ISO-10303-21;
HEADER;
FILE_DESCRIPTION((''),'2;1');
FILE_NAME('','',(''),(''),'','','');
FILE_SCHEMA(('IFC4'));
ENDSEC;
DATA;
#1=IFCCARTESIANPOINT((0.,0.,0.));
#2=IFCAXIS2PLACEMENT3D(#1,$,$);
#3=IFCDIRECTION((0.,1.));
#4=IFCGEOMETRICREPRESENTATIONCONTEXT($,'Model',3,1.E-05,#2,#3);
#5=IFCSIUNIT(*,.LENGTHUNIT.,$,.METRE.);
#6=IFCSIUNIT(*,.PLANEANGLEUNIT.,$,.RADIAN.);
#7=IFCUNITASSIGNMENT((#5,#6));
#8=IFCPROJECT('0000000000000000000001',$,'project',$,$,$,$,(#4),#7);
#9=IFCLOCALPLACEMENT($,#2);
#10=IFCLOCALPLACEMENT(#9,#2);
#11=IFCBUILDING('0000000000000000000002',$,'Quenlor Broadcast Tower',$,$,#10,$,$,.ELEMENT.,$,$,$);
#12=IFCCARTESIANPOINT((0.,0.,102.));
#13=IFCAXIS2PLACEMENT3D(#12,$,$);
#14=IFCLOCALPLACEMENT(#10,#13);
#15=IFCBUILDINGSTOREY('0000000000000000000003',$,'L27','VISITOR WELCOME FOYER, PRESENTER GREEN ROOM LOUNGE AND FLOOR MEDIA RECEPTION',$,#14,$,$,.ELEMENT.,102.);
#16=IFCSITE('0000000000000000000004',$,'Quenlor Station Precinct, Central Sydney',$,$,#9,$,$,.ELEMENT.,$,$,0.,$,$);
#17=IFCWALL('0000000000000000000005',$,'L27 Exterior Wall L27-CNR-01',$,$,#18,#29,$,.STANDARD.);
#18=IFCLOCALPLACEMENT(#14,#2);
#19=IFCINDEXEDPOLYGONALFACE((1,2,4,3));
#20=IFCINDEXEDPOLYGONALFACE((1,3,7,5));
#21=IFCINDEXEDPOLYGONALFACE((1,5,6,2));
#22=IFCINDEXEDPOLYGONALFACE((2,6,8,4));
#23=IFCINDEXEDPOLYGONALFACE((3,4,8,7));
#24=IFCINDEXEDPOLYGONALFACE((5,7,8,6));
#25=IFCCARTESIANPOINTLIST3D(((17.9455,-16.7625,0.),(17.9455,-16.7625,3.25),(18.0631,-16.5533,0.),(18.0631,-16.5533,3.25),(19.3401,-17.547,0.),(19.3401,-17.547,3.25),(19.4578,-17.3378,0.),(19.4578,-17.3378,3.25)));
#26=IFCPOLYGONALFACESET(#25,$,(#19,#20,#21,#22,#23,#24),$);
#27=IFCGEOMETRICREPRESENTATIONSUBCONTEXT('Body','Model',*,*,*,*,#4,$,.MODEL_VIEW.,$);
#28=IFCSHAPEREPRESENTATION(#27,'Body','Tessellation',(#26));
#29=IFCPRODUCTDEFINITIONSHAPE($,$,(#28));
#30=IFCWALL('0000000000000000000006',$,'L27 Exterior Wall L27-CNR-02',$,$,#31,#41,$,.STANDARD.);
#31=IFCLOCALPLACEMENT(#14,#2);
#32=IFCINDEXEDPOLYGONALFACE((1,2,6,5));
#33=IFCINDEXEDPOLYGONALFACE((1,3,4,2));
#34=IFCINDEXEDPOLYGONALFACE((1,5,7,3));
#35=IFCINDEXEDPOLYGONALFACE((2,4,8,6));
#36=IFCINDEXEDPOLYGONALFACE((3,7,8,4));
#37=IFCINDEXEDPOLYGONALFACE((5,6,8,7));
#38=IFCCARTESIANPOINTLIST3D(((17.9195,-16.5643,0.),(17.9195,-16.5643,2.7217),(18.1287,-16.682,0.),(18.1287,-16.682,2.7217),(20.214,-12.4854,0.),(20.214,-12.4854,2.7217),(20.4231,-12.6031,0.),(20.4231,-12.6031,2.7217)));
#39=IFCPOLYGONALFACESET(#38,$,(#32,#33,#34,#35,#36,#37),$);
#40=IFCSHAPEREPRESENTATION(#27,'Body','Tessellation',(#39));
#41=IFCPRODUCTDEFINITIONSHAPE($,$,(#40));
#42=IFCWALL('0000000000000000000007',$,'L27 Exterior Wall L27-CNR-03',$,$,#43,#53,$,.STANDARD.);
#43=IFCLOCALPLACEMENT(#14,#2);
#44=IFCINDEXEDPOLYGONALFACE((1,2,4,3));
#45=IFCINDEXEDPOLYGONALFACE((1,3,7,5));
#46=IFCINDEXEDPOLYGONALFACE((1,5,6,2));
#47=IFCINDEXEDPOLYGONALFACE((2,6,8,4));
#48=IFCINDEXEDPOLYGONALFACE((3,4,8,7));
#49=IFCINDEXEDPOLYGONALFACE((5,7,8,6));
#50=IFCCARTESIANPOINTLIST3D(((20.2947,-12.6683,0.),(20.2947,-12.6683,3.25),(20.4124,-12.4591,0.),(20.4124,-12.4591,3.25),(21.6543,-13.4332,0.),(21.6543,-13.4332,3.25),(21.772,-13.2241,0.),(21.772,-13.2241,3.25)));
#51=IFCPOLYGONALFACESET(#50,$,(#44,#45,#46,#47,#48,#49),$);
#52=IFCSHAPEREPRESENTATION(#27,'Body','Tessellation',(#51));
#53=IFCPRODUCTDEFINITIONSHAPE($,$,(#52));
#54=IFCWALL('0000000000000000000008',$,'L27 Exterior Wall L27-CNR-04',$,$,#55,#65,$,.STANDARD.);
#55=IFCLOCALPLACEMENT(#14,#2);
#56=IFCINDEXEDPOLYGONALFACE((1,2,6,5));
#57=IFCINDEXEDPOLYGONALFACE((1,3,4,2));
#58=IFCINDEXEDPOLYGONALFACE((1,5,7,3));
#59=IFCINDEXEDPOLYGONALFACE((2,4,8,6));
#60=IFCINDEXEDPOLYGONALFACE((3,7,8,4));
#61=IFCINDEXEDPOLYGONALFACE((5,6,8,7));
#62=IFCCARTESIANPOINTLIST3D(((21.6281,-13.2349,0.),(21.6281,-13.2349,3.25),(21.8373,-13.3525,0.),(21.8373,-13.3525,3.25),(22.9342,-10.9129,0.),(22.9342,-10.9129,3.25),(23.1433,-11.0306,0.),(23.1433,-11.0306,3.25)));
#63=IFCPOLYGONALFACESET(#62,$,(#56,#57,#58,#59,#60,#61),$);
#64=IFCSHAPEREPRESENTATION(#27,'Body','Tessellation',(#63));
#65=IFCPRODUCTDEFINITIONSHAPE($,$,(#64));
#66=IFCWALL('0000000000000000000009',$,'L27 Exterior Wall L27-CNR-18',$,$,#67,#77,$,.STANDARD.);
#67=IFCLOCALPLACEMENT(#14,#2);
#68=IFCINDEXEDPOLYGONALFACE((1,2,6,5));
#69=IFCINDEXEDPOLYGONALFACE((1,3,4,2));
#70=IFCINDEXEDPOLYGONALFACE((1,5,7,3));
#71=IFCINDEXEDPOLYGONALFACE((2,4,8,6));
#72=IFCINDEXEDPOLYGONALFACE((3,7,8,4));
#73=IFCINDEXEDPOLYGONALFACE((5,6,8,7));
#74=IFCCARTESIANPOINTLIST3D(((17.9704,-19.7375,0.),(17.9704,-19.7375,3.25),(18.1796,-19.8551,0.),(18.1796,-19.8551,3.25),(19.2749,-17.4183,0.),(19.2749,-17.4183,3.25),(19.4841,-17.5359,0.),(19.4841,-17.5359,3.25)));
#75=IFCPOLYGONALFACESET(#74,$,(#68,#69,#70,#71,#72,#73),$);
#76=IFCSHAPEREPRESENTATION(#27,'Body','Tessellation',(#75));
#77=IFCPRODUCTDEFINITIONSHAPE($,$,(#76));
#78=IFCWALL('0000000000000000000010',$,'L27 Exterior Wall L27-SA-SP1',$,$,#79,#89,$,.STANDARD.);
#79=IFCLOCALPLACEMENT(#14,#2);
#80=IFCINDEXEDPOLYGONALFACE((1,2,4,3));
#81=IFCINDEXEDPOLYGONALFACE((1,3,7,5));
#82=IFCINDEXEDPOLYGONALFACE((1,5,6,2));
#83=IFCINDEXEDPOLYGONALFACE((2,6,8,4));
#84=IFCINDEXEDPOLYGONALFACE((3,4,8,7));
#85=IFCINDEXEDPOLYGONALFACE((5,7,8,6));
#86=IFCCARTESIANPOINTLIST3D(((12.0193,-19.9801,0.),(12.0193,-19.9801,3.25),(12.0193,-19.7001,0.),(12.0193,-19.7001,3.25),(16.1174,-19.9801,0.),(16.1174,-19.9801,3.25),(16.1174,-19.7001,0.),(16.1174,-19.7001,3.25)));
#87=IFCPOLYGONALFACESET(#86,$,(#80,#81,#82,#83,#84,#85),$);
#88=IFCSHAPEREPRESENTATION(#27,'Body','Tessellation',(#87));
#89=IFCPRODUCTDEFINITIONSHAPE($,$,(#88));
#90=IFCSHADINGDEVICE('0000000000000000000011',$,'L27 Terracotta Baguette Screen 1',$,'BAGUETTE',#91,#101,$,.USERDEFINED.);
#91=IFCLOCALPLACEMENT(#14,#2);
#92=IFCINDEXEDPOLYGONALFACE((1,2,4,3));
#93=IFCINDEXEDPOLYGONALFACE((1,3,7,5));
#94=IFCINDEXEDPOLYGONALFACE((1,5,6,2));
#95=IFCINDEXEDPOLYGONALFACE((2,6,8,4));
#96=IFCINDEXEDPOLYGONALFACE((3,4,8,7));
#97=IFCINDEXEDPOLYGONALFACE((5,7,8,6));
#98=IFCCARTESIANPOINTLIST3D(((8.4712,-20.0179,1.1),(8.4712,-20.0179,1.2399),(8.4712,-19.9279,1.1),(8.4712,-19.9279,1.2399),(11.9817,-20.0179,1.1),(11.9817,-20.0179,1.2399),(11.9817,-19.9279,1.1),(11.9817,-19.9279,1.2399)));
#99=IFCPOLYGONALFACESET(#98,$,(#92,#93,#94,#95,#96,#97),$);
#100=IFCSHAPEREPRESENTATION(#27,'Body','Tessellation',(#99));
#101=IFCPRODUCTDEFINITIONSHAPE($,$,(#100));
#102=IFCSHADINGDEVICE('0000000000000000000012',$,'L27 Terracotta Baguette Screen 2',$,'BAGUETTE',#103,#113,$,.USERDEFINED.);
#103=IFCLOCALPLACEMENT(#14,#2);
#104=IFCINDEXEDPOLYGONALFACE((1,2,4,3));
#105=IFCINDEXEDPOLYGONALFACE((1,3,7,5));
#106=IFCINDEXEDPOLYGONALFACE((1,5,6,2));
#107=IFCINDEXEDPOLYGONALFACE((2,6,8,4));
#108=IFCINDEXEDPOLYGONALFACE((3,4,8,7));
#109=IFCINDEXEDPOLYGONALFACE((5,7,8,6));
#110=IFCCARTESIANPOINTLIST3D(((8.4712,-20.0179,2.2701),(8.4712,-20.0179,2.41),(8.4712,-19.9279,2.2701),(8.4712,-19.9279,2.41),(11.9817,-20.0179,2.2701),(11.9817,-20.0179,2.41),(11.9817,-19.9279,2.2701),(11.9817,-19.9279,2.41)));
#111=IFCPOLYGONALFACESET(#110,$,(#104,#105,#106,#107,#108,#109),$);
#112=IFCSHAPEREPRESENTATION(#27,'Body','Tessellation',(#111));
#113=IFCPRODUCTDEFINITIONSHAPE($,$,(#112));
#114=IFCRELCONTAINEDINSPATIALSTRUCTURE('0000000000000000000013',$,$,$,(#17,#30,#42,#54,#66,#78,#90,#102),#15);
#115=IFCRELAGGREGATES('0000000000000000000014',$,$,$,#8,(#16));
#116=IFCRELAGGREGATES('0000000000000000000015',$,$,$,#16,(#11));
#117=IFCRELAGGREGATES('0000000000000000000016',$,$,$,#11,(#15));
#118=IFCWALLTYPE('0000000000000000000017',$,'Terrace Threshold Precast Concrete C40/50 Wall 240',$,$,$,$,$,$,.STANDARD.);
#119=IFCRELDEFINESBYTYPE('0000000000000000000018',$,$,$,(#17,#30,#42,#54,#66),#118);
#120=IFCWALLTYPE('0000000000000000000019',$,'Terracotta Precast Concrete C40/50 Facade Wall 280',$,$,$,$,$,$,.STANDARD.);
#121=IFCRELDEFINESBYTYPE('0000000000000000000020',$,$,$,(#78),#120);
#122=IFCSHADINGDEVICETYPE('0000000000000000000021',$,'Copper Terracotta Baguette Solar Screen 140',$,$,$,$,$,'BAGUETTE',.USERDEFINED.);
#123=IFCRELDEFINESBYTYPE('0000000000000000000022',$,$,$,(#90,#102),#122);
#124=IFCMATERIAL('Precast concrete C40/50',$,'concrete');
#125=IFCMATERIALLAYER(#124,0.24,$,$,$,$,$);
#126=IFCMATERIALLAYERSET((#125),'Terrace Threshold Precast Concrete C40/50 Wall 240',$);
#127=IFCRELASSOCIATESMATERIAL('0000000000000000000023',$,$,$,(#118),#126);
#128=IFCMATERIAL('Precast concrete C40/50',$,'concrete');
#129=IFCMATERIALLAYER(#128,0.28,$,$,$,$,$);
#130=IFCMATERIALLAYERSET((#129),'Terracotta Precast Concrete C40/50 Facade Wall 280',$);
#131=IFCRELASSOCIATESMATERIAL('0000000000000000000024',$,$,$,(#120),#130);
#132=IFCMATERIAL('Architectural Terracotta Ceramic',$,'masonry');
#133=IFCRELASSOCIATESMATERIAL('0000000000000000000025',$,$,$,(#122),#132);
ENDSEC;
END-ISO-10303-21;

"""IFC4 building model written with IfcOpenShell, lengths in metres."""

from ifc_helpers import new_model, si_unit, direction, frame, frame_2d, origin, origin_2d, place, context, subcontext, project, spatial, rectangle, extrude, material, layer, layer_set, material_profile, profile_set, type_object, element, save


model = new_model("IFC4")

# Units and contexts
model_context = context("Model", 3, precision=1e-05, world=origin(), true_north=direction((0.0, 1.0)))
body_context = subcontext(model_context, "Body", "Model", "MODEL_VIEW")
ifc_project = project(units=[si_unit("LENGTHUNIT", "METRE"), si_unit("PLANEANGLEUNIT", "RADIAN")], contexts=[model_context])

# Site, building, storey
site_placement = place(None, origin())
site = spatial("IfcSite", under=ifc_project, at=site_placement, Name="Quenlor Station Precinct, Central Sydney", CompositionType="ELEMENT", RefElevation=0.0)
building_placement = place(site_placement, origin())
building = spatial("IfcBuilding", under=site, at=building_placement, Name="Quenlor Broadcast Tower", CompositionType="ELEMENT")
storey_placement = place(building_placement, frame((0.0, 0.0, 102.0)))
storey = spatial("IfcBuildingStorey", under=building, at=storey_placement, Name="L27", Description="VISITOR WELCOME FOYER, PRESENTER GREEN ROOM LOUNGE AND FLOOR MEDIA RECEPTION", CompositionType="ELEMENT", Elevation=102.0)

# Walls
ifc_material_1 = material(Name="Precast concrete C40/50", Category="concrete")
ifc_layer_1 = layer(ifc_material_1, 0.24)
ifc_layer_set_1 = layer_set([ifc_layer_1], Name="Terrace Threshold Precast Concrete C40/50 Wall 240")
wall_type_1 = type_object("IfcWallType", Name="Terrace Threshold Precast Concrete C40/50 Wall 240", PredefinedType="STANDARD", material=ifc_layer_set_1)
wall_1_placement = place(storey_placement, frame((19.3989, -17.4424, 0.0), z_axis=(0.0, 0.0, 1.0), x_axis=(-0.871576, 0.490261, 0.0)))
element("IfcWall", 1, at=wall_1_placement, inside=storey, type_object=wall_type_1, Name="L27 Exterior Wall L27-CNR-01", PredefinedType="STANDARD", context=body_context, shape_type="SweptSolid", body=[
    extrude(rectangle(XDim=1.6001, YDim=0.24, at=frame_2d((0.8, 0.0))), origin(), (0.0, 0.0, 1.0), 3.25),
])
wall_2_placement = place(storey_placement, frame((18.0242, -16.623, 0.0), z_axis=(0.0, 0.0, 1.0), x_axis=(0.490274, 0.871569, 0.0)))
element("IfcWall", 2, at=wall_2_placement, inside=storey, type_object=wall_type_1, Name="L27 Exterior Wall L27-CNR-02", PredefinedType="STANDARD", context=body_context, shape_type="SweptSolid", body=[
    extrude(rectangle(XDim=4.6799, YDim=0.24, at=frame_2d((2.3398, 0.0))), origin(), (0.0, 0.0, 1.0), 2.7217),
])
wall_3_placement = place(storey_placement, frame((20.3535, -12.5637, 0.0), z_axis=(0.0, 0.0, 1.0), x_axis=(0.871546, -0.490313, 0.0)))
element("IfcWall", 3, at=wall_3_placement, inside=storey, type_object=wall_type_1, Name="L27 Exterior Wall L27-CNR-03", PredefinedType="STANDARD", context=body_context, shape_type="SweptSolid", body=[
    extrude(rectangle(XDim=1.5601, YDim=0.24, at=frame_2d((0.78, 0.0))), origin(), (0.0, 0.0, 1.0), 3.25),
])
wall_4_placement = place(storey_placement, frame((21.7327, -13.2937, 0.0), z_axis=(0.0, 0.0, 1.0), x_axis=(0.490266, 0.871573, 0.0)))
element("IfcWall", 4, at=wall_4_placement, inside=storey, type_object=wall_type_1, Name="L27 Exterior Wall L27-CNR-04", PredefinedType="STANDARD", context=body_context, shape_type="SweptSolid", body=[
    extrude(rectangle(XDim=2.6641, YDim=0.24, at=frame_2d((1.332, 0.0))), origin(), (0.0, 0.0, 1.0), 3.25),
])
wall_5_placement = place(storey_placement, frame((18.075, -19.7964, 0.0), z_axis=(0.0, 0.0, 1.0), x_axis=(0.490248, 0.871583, 0.0)))
element("IfcWall", 5, at=wall_5_placement, inside=storey, type_object=wall_type_1, Name="L27 Exterior Wall L27-CNR-18", PredefinedType="STANDARD", context=body_context, shape_type="SweptSolid", body=[
    extrude(rectangle(XDim=2.6609, YDim=0.24, at=frame_2d((1.3306, 0.0))), origin(), (0.0, 0.0, 1.0), 3.25),
])
ifc_material_2 = material(Name="Precast concrete C40/50", Category="concrete")
ifc_layer_2 = layer(ifc_material_2, 0.28)
ifc_layer_set_2 = layer_set([ifc_layer_2], Name="Terracotta Precast Concrete C40/50 Facade Wall 280")
wall_type_2 = type_object("IfcWallType", Name="Terracotta Precast Concrete C40/50 Facade Wall 280", PredefinedType="STANDARD", material=ifc_layer_set_2)
wall_6_placement = place(storey_placement, frame((16.1174, -19.8401, 0.0), z_axis=(0.0, 0.0, 1.0), x_axis=(-1.0, 0.0, 0.0)))
element("IfcWall", 6, at=wall_6_placement, inside=storey, type_object=wall_type_2, Name="L27 Exterior Wall L27-SA-SP1", PredefinedType="STANDARD", context=body_context, shape_type="SweptSolid", body=[
    extrude(rectangle(XDim=4.0981, YDim=0.28, at=frame_2d((2.0491, 0.0))), origin(), (0.0, 0.0, 1.0), 3.25),
])

# Shading devices
ifc_material_3 = material(Name="Architectural Terracotta Ceramic", Category="masonry")
ifc_material_profile_1 = material_profile(ifc_material_3, rectangle(XDim=0.0901, YDim=0.1399, at=origin_2d()))
ifc_profile_set_1 = profile_set([ifc_material_profile_1], Name="Architectural Terracotta Ceramic BAG90x140")
shading_device_type = type_object("IfcShadingDeviceType", Name="Copper Terracotta Baguette Solar Screen 140", ElementType="BAGUETTE", PredefinedType="USERDEFINED", material=ifc_profile_set_1)
for number, where, z_axis, x_axis, name in (
    (7, (11.9817, -19.9729, 1.1699), (-1.0, 0.0, 0.0), (0.0, -1.0, 0.0), "L27 Terracotta Baguette Screen 1"),
    (8, (11.9817, -19.9729, 2.3401), (-1.0, 0.0, 0.0), (0.0, -1.0, 0.0), "L27 Terracotta Baguette Screen 2"),
):
    element("IfcShadingDevice", number, at=place(storey_placement, frame(where, z_axis=z_axis, x_axis=x_axis)), inside=storey, type_object=shading_device_type, Name=name, ObjectType="BAGUETTE", PredefinedType="USERDEFINED", context=body_context, shape_type="SweptSolid", body=[
        extrude(rectangle(XDim=0.0901, YDim=0.1399, at=origin_2d()), origin(), (0.0, 0.0, 1.0), 3.5105),
    ])

save(model, "model.ifc")
